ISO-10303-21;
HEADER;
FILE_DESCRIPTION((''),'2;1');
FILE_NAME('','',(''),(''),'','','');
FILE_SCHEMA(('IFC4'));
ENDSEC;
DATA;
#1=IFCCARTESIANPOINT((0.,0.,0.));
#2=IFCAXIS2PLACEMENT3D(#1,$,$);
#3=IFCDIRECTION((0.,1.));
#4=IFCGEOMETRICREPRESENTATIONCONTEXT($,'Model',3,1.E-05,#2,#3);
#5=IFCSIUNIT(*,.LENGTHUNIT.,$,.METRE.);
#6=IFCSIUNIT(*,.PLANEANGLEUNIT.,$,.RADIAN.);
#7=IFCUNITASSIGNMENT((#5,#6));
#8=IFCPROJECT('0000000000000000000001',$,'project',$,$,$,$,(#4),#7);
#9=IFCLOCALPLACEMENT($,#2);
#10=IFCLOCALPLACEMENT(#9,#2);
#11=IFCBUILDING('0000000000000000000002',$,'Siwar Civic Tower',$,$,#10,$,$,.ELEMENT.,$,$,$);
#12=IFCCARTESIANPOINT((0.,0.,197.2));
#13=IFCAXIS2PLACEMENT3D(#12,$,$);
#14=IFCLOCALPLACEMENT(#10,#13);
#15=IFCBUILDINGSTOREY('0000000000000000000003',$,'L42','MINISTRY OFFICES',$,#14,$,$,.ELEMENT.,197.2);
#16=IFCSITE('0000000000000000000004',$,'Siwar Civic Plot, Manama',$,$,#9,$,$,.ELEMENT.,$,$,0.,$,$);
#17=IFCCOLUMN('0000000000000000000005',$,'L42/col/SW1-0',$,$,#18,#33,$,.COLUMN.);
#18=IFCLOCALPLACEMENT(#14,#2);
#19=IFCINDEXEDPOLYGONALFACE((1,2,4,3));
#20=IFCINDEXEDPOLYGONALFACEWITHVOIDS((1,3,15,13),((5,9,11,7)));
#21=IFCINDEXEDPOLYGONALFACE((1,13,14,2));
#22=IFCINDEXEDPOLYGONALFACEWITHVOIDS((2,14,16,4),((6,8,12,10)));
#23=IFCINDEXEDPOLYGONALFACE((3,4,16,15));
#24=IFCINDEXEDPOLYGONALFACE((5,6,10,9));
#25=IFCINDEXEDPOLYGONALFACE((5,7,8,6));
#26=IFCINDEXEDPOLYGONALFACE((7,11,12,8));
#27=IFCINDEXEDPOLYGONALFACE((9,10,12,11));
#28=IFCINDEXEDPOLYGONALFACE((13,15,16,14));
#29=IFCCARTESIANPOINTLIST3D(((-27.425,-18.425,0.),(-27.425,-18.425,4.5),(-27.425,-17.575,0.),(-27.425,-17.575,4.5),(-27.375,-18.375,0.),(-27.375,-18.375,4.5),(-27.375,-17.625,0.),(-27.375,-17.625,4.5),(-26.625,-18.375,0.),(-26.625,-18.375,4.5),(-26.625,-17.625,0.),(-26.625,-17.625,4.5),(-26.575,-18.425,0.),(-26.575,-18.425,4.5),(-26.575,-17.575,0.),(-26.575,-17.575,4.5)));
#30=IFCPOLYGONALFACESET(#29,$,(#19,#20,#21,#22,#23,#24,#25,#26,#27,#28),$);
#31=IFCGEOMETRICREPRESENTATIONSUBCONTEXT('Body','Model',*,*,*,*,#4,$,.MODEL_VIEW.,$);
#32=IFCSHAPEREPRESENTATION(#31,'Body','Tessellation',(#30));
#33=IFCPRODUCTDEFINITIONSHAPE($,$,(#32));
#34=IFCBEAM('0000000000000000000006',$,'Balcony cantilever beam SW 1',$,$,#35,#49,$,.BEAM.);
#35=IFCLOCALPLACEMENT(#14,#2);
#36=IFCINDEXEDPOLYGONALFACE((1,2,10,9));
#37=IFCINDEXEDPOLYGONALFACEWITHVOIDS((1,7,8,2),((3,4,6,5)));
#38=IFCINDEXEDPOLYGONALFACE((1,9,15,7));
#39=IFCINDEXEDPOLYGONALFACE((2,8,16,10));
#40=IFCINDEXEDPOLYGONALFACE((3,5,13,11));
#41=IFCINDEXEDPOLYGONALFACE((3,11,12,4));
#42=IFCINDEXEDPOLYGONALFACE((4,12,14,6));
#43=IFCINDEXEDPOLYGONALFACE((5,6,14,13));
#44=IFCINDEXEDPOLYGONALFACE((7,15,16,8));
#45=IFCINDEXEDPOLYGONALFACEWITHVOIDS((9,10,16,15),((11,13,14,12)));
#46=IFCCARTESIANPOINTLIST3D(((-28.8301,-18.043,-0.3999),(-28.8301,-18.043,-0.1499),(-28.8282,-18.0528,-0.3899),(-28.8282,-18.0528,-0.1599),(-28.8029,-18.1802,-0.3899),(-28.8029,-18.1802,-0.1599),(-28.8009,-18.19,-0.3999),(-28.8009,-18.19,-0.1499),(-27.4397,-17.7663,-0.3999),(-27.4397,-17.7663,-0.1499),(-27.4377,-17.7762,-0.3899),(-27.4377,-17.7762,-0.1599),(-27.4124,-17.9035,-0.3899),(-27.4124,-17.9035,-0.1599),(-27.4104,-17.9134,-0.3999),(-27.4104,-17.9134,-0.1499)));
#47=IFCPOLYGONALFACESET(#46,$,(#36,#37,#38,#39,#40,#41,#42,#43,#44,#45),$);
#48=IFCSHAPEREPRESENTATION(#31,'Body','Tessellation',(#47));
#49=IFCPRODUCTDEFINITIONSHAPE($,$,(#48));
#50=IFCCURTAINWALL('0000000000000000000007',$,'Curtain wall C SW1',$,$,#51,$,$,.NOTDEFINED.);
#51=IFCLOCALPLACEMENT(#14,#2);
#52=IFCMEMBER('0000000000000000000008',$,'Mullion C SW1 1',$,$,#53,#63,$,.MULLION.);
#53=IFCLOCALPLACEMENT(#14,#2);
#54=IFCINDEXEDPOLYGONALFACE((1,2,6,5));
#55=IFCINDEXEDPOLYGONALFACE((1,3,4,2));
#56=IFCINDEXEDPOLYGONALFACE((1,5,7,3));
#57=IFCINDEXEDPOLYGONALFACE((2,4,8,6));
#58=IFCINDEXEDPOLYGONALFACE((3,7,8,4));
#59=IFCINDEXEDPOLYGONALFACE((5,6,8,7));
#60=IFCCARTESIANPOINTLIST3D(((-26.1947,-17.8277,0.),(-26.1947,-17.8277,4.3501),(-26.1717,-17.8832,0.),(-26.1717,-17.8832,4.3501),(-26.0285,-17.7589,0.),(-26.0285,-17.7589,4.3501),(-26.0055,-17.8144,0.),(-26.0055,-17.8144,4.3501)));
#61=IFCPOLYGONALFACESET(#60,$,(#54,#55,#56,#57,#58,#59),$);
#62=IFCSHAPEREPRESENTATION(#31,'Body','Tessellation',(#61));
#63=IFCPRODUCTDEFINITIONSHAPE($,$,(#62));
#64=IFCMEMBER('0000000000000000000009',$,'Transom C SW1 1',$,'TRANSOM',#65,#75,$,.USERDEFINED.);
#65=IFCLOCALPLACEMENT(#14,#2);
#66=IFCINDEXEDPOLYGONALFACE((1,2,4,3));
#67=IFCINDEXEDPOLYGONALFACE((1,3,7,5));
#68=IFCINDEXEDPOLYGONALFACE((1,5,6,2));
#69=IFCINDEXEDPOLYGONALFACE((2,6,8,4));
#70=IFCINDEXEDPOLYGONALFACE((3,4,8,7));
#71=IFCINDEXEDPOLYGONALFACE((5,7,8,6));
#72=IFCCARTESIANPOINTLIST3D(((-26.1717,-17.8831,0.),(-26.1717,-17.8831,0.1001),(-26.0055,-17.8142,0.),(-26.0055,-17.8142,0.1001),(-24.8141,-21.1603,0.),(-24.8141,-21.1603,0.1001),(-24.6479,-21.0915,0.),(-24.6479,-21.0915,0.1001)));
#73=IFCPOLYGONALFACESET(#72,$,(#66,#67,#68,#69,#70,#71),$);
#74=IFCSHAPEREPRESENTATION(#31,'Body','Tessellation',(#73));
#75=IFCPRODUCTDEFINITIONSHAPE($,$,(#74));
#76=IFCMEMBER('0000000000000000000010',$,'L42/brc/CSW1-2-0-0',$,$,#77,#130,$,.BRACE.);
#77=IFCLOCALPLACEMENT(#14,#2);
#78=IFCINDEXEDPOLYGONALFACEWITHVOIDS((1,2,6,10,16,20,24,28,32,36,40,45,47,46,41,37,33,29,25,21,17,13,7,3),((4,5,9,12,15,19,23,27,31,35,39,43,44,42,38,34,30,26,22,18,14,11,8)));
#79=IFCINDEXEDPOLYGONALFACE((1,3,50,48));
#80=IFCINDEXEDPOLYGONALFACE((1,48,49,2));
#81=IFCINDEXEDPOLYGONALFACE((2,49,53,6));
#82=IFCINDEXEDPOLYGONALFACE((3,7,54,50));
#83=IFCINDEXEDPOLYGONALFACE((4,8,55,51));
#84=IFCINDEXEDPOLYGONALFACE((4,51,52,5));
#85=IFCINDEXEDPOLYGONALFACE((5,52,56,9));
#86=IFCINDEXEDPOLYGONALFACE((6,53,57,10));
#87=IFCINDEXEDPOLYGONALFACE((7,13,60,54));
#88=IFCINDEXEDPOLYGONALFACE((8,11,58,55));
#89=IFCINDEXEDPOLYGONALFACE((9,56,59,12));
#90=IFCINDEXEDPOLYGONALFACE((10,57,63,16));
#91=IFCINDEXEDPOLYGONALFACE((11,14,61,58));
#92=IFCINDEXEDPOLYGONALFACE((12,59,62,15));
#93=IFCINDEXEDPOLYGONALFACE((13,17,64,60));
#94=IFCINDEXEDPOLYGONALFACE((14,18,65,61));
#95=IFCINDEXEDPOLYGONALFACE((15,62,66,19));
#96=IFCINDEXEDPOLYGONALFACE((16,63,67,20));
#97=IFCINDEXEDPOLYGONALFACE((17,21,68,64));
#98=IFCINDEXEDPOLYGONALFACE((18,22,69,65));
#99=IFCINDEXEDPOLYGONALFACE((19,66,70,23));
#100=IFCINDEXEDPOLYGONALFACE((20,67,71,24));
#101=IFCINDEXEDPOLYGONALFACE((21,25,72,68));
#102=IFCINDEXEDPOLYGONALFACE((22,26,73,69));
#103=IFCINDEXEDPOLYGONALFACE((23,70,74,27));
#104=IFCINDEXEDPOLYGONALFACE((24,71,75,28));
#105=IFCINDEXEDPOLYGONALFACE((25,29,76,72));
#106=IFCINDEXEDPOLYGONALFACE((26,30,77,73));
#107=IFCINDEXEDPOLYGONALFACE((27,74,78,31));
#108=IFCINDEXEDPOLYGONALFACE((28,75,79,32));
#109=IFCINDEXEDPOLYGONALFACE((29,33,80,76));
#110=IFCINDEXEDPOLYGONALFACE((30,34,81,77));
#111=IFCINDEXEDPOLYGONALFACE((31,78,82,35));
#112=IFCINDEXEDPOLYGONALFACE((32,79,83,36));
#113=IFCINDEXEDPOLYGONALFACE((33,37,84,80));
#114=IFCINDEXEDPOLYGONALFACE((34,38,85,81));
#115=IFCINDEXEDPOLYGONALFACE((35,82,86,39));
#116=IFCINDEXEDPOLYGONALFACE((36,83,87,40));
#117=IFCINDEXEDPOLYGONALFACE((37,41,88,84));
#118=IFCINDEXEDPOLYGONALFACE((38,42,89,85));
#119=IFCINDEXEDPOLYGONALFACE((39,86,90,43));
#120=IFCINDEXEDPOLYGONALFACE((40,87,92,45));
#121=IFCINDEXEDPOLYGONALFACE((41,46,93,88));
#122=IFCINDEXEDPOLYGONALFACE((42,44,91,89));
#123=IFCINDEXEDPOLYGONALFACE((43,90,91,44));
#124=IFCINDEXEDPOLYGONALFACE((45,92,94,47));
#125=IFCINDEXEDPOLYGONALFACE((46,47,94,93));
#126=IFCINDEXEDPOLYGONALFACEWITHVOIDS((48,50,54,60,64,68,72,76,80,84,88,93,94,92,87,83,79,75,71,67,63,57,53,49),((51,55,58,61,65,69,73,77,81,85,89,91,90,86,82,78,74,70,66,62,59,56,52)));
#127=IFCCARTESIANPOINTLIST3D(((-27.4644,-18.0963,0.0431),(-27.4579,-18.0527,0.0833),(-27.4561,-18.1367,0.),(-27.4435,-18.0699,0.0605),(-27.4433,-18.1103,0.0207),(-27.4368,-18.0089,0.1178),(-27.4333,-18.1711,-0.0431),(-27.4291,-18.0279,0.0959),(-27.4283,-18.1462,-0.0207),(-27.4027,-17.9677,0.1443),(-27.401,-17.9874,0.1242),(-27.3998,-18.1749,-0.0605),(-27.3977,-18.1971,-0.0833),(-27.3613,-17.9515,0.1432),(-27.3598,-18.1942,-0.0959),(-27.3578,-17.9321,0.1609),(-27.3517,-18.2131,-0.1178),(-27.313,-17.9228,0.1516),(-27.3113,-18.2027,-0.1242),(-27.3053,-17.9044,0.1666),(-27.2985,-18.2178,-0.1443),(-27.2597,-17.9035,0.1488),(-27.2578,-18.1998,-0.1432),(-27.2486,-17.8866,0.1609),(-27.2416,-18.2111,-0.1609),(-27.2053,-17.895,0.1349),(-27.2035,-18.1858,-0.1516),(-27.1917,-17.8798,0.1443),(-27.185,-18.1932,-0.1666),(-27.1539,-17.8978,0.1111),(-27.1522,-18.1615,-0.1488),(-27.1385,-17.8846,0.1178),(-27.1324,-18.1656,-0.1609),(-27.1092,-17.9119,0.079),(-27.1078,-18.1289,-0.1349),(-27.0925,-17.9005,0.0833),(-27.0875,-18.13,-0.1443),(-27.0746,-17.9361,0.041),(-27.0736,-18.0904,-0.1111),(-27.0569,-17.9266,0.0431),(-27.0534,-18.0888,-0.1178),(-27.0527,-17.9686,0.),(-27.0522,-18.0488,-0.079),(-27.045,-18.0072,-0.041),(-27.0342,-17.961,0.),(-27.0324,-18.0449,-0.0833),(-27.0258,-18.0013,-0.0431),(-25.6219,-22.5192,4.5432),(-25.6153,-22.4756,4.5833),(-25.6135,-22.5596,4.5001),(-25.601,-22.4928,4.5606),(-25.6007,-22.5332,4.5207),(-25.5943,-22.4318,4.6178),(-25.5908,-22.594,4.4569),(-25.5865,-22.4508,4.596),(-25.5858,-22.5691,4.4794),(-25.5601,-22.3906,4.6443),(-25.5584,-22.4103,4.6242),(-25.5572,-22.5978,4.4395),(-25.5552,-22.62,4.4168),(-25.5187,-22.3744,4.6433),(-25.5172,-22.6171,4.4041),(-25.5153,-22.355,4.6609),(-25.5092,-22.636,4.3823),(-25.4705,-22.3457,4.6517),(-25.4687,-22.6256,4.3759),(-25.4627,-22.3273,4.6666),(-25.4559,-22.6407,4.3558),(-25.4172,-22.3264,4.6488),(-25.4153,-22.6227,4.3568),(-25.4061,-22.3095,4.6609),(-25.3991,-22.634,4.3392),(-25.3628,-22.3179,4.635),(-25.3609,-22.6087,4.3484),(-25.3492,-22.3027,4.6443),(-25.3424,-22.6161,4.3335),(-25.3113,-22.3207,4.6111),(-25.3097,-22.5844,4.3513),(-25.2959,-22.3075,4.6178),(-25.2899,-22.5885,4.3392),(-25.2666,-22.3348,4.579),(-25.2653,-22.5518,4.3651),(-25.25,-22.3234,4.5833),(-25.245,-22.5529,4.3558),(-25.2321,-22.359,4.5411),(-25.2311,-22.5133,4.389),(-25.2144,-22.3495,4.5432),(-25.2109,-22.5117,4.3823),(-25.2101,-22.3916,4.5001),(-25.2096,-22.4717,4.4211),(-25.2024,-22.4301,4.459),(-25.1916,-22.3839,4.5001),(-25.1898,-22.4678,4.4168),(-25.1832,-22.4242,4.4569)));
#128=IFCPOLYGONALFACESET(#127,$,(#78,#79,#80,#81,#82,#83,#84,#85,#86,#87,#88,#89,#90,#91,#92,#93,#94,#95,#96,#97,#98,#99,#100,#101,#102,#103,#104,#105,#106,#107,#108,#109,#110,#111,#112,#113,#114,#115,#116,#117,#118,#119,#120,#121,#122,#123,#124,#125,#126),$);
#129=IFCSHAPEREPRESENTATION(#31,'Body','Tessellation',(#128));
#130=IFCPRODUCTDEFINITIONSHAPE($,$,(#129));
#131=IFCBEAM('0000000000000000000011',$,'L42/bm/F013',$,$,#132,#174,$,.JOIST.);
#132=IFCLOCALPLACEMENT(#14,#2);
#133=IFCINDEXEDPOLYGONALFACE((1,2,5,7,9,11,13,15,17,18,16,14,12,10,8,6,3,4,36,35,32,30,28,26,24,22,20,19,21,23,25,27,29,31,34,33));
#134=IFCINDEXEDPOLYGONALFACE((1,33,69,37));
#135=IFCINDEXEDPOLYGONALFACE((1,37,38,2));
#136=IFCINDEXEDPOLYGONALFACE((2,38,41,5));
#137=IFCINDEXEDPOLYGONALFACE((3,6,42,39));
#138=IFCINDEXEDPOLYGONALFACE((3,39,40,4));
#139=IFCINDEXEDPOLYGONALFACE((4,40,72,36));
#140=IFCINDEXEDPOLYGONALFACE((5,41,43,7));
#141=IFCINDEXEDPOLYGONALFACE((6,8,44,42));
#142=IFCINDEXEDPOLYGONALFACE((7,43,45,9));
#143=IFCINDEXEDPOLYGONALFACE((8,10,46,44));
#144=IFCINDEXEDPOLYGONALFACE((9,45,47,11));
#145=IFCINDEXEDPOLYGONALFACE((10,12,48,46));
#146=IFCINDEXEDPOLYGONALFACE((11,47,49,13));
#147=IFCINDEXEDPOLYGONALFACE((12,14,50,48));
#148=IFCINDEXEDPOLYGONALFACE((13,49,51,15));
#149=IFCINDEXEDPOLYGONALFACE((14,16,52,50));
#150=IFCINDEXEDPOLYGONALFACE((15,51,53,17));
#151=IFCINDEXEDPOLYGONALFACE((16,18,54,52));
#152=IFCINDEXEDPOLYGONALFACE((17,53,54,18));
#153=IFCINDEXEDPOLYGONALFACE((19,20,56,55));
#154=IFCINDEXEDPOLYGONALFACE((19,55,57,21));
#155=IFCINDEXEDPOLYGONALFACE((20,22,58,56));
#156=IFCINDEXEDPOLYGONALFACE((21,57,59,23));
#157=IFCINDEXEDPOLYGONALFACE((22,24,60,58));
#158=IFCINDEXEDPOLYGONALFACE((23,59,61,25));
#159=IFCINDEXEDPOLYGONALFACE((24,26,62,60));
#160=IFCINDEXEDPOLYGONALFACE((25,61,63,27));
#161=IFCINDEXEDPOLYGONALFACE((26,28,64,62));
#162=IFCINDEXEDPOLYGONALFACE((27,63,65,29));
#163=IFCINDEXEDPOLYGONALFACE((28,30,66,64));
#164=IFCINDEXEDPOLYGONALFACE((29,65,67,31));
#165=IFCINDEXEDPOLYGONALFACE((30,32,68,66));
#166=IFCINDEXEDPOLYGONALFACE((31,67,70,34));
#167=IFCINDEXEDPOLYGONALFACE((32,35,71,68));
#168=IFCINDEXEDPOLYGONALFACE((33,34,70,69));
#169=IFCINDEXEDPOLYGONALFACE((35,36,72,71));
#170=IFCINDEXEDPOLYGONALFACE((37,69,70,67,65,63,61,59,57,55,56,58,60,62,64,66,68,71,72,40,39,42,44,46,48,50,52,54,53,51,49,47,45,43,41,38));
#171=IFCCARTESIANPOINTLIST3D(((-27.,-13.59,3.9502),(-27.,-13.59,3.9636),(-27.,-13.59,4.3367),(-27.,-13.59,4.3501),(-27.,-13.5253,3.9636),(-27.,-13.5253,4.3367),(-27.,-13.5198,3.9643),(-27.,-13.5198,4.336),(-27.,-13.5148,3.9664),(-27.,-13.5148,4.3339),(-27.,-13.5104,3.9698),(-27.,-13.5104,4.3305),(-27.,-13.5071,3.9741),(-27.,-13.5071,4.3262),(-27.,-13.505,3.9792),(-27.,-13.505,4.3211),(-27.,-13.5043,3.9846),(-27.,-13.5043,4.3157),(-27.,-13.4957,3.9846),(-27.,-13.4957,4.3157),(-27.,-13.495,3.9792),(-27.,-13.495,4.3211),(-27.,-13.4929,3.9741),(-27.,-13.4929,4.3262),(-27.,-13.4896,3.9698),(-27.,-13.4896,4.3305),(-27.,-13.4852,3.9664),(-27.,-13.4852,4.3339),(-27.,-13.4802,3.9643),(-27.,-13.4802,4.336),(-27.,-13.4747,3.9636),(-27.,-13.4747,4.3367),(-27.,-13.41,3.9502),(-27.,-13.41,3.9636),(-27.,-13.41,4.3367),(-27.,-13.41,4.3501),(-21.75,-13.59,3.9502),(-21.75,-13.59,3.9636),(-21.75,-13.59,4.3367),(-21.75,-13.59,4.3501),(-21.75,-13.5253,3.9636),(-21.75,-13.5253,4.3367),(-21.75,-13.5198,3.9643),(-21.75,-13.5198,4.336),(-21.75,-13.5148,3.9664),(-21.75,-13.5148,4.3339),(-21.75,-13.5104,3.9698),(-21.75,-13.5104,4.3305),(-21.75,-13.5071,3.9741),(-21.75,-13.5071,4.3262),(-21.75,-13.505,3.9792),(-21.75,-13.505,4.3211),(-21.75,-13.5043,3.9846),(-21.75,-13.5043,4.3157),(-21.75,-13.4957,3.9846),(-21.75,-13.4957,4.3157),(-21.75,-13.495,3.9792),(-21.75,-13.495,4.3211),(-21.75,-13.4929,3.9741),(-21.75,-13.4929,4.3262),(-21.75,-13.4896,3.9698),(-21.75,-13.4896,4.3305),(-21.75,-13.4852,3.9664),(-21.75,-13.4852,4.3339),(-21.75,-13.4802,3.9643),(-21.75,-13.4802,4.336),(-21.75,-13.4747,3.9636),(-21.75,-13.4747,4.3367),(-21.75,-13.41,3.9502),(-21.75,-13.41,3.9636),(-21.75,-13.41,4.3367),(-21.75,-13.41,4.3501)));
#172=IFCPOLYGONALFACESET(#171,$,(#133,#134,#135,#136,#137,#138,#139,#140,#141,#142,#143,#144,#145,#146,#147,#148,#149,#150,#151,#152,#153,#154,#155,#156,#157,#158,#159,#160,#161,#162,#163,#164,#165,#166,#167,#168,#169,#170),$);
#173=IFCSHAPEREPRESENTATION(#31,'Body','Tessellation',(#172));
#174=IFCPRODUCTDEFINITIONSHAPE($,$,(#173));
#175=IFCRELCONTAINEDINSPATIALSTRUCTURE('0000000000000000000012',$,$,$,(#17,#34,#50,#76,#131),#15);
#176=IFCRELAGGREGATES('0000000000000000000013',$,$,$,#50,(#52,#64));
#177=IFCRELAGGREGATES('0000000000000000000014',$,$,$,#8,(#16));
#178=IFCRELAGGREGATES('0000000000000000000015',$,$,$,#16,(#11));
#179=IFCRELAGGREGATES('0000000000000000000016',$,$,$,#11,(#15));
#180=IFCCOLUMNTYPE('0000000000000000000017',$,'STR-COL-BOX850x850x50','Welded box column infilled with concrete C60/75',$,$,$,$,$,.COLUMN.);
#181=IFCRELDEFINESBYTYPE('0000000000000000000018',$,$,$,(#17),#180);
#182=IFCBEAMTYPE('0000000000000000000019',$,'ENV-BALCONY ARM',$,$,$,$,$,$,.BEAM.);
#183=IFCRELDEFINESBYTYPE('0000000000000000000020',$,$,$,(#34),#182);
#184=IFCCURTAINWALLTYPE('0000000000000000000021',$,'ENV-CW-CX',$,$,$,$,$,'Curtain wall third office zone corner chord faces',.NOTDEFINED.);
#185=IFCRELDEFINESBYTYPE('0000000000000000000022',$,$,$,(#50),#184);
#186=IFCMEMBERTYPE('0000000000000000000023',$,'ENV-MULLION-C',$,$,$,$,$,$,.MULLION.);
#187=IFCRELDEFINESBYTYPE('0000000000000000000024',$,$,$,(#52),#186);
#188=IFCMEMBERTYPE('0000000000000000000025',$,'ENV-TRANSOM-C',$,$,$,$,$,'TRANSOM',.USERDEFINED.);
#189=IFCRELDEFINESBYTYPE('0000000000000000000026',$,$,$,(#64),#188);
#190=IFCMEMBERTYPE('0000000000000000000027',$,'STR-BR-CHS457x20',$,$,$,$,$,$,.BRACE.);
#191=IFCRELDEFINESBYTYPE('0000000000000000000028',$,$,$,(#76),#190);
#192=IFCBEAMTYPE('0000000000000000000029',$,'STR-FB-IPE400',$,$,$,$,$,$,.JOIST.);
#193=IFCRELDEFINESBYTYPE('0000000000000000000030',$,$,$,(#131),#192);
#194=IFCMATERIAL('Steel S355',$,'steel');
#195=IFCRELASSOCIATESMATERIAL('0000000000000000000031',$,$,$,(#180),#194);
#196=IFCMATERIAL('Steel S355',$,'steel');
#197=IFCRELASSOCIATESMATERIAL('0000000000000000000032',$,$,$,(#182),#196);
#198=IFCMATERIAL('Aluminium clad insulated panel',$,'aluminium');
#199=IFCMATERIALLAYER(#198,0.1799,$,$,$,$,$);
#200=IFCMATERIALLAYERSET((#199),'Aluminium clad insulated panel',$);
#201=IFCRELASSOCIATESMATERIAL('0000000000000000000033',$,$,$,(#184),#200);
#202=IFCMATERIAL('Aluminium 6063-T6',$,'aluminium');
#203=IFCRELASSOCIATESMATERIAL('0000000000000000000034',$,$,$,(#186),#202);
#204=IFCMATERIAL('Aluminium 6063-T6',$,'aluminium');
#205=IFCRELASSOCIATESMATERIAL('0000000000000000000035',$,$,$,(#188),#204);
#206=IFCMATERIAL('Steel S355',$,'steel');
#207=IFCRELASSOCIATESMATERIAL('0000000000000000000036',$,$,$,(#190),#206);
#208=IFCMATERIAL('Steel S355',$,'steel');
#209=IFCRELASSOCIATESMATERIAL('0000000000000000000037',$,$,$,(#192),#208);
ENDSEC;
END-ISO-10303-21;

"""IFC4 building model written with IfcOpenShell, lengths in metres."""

from ifc_helpers import new_model, si_unit, direction, frame, origin, origin_2d, place, context, subcontext, project, spatial, rectangle, hollow_rectangle, hollow_circle, i_section, extrude, material, layer, layer_set, material_profile, profile_set, type_object, element, aggregate, save


model = new_model("IFC4")

# Units and contexts
model_context = context("Model", 3, precision=1e-05, world=origin(), true_north=direction((0.0, 1.0)))
body_context = subcontext(model_context, "Body", "Model", "MODEL_VIEW")
ifc_project = project(units=[si_unit("LENGTHUNIT", "METRE"), si_unit("PLANEANGLEUNIT", "RADIAN")], contexts=[model_context])

# Site, building, storey
site_placement = place(None, origin())
site = spatial("IfcSite", under=ifc_project, at=site_placement, Name="Siwar Civic Plot, Manama", CompositionType="ELEMENT", RefElevation=0.0)
building_placement = place(site_placement, origin())
building = spatial("IfcBuilding", under=site, at=building_placement, Name="Siwar Civic Tower", CompositionType="ELEMENT")
storey_placement = place(building_placement, frame((0.0, 0.0, 197.2)))
storey = spatial("IfcBuildingStorey", under=building, at=storey_placement, Name="L42", Description="MINISTRY OFFICES", CompositionType="ELEMENT", Elevation=197.2)

# Column
ifc_material_1 = material(Name="Steel S355", Category="steel")
ifc_material_profile_1 = material_profile(ifc_material_1, hollow_rectangle(XDim=0.8501, YDim=0.8501, WallThickness=0.05, at=origin_2d()), Name="BOX850x850x50")
ifc_profile_set_1 = profile_set([ifc_material_profile_1], Name="Steel S355")
column_type = type_object("IfcColumnType", Name="STR-COL-BOX850x850x50", Description="Welded box column infilled with concrete C60/75", PredefinedType="COLUMN", material=ifc_profile_set_1)
column_placement = place(storey_placement, frame((-27.0, -18.0, 0.0), z_axis=(0.0, 0.0, 1.0), x_axis=(1.0, 0.0, 0.0)))
element("IfcColumn", 1, at=column_placement, inside=storey, type_object=column_type, Name="L42/col/SW1-0", PredefinedType="COLUMN", context=body_context, shape_type="SweptSolid", body=[
    extrude(hollow_rectangle(XDim=0.8501, YDim=0.8501, WallThickness=0.05, at=origin_2d()), origin(), (0.0, 0.0, 1.0), 4.5),
])

# Beam
ifc_material_2 = material(Name="Steel S355", Category="steel")
ifc_material_profile_2 = material_profile(ifc_material_2, hollow_rectangle(XDim=0.1499, YDim=0.25, WallThickness=0.01, at=origin_2d()), Name="RHS250x150x10")
ifc_profile_set_2 = profile_set([ifc_material_profile_2], Name="Steel S355")
beam_type_1 = type_object("IfcBeamType", Name="ENV-BALCONY ARM", PredefinedType="BEAM", material=ifc_profile_set_2)
beam_1_placement = place(storey_placement, frame((-27.425, -17.8398, -0.2749), z_axis=(-0.980779, -0.195122, 0.0), x_axis=(0.195122, -0.980779, 0.0)))
element("IfcBeam", 2, at=beam_1_placement, inside=storey, type_object=beam_type_1, Name="Balcony cantilever beam SW 1", PredefinedType="BEAM", context=body_context, shape_type="SweptSolid", body=[
    extrude(hollow_rectangle(XDim=0.1499, YDim=0.25, WallThickness=0.01, at=origin_2d()), origin(), (0.0, 0.0, 1.0), 1.4177),
])

# Curtain wall, members
ifc_material_3 = material(Name="Aluminium clad insulated panel", Category="aluminium")
ifc_layer_1 = layer(ifc_material_3, 0.1799)
ifc_layer_set_1 = layer_set([ifc_layer_1], Name="Aluminium clad insulated panel")
curtain_wall_type = type_object("IfcCurtainWallType", Name="ENV-CW-CX", ElementType="Curtain wall third office zone corner chord faces", PredefinedType="NOTDEFINED", material=ifc_layer_set_1)
curtain_wall_placement = place(storey_placement, origin())
curtain_wall = element("IfcCurtainWall", 3, at=curtain_wall_placement, inside=storey, type_object=curtain_wall_type, Name="Curtain wall C SW1", PredefinedType="NOTDEFINED")
ifc_material_4 = material(Name="Aluminium 6063-T6", Category="aluminium")
ifc_material_profile_3 = material_profile(ifc_material_4, rectangle(XDim=0.1799, YDim=0.0601, at=origin_2d()), Name="AL 180x60")
ifc_profile_set_3 = profile_set([ifc_material_profile_3], Name="Aluminium 6063-T6")
member_type_1 = type_object("IfcMemberType", Name="ENV-MULLION-C", PredefinedType="MULLION", material=ifc_profile_set_3)
member_1_placement = place(storey_placement, frame((-26.1001, -17.821, 0.0), z_axis=(0.0, 0.0, 1.0), x_axis=(0.92388, 0.382683, 0.0)))
member_1 = element("IfcMember", 4, at=member_1_placement, type_object=member_type_1, Name="Mullion C SW1 1", PredefinedType="MULLION", context=body_context, shape_type="SweptSolid", body=[
    extrude(rectangle(XDim=0.1799, YDim=0.0601, at=origin_2d()), origin(), (0.0, 0.0, 1.0), 4.3501),
])
ifc_material_5 = material(Name="Aluminium 6063-T6", Category="aluminium")
ifc_material_profile_4 = material_profile(ifc_material_5, rectangle(XDim=0.1799, YDim=0.1001, at=origin_2d()), Name="AL 180x100")
ifc_profile_set_4 = profile_set([ifc_material_profile_4], Name="Aluminium 6063-T6")
member_type_2 = type_object("IfcMemberType", Name="ENV-TRANSOM-C", ElementType="TRANSOM", PredefinedType="USERDEFINED", material=ifc_profile_set_4)
member_2_placement = place(storey_placement, frame((-26.0886, -17.8486, 0.05), z_axis=(0.382719, -0.923865, 0.0), x_axis=(0.923865, 0.382719, 0.0)))
member_2 = element("IfcMember", 5, at=member_2_placement, type_object=member_type_2, Name="Transom C SW1 1", ObjectType="TRANSOM", PredefinedType="USERDEFINED", context=body_context, shape_type="SweptSolid", body=[
    extrude(rectangle(XDim=0.1799, YDim=0.1001, at=origin_2d()), origin(), (0.0, 0.0, 1.0), 3.5474),
])

# Member
ifc_material_6 = material(Name="Steel S355", Category="steel")
ifc_material_profile_5 = material_profile(ifc_material_6, hollow_circle(Radius=0.2285, WallThickness=0.02, at=origin_2d()), Name="CHS457x20")
ifc_profile_set_5 = profile_set([ifc_material_profile_5], Name="Steel S355")
member_type_3 = type_object("IfcMemberType", Name="STR-BR-CHS457x20", PredefinedType="BRACE", material=ifc_profile_set_5)
member_3_placement = place(storey_placement, frame((-27.2451, -18.0488, 0.0), z_axis=(0.280311, -0.672865, 0.684601), x_axis=(0.923101, 0.384557, 0.0)))
element("IfcMember", 6, at=member_3_placement, inside=storey, type_object=member_type_3, Name="L42/brc/CSW1-2-0-0", PredefinedType="BRACE", context=body_context, shape_type="SweptSolid", body=[
    extrude(hollow_circle(Radius=0.2285, WallThickness=0.02, at=origin_2d()), origin(), (0.0, 0.0, 1.0), 6.5732),
])

# Beam
ifc_material_7 = material(Name="Steel S355", Category="steel")
ifc_material_profile_6 = material_profile(ifc_material_7, i_section(OverallWidth=0.1799, OverallDepth=0.3999, WebThickness=0.0085, FlangeThickness=0.0134, FilletRadius=0.021, at=origin_2d()), Name="IPE400")
ifc_profile_set_6 = profile_set([ifc_material_profile_6], Name="Steel S355")
beam_type_2 = type_object("IfcBeamType", Name="STR-FB-IPE400", PredefinedType="JOIST", material=ifc_profile_set_6)
beam_2_placement = place(storey_placement, frame((-27.0, -13.5, 4.1501), z_axis=(1.0, 0.0, 0.0), x_axis=(0.0, 1.0, 0.0)))
element("IfcBeam", 7, at=beam_2_placement, inside=storey, type_object=beam_type_2, Name="L42/bm/F013", PredefinedType="JOIST", context=body_context, shape_type="SweptSolid", body=[
    extrude(i_section(OverallWidth=0.1799, OverallDepth=0.3999, WebThickness=0.0085, FlangeThickness=0.0134, FilletRadius=0.021, at=origin_2d()), origin(), (0.0, 0.0, 1.0), 5.25),
])

aggregate(curtain_wall, [member_1, member_2])

save(model, "model.ifc")
